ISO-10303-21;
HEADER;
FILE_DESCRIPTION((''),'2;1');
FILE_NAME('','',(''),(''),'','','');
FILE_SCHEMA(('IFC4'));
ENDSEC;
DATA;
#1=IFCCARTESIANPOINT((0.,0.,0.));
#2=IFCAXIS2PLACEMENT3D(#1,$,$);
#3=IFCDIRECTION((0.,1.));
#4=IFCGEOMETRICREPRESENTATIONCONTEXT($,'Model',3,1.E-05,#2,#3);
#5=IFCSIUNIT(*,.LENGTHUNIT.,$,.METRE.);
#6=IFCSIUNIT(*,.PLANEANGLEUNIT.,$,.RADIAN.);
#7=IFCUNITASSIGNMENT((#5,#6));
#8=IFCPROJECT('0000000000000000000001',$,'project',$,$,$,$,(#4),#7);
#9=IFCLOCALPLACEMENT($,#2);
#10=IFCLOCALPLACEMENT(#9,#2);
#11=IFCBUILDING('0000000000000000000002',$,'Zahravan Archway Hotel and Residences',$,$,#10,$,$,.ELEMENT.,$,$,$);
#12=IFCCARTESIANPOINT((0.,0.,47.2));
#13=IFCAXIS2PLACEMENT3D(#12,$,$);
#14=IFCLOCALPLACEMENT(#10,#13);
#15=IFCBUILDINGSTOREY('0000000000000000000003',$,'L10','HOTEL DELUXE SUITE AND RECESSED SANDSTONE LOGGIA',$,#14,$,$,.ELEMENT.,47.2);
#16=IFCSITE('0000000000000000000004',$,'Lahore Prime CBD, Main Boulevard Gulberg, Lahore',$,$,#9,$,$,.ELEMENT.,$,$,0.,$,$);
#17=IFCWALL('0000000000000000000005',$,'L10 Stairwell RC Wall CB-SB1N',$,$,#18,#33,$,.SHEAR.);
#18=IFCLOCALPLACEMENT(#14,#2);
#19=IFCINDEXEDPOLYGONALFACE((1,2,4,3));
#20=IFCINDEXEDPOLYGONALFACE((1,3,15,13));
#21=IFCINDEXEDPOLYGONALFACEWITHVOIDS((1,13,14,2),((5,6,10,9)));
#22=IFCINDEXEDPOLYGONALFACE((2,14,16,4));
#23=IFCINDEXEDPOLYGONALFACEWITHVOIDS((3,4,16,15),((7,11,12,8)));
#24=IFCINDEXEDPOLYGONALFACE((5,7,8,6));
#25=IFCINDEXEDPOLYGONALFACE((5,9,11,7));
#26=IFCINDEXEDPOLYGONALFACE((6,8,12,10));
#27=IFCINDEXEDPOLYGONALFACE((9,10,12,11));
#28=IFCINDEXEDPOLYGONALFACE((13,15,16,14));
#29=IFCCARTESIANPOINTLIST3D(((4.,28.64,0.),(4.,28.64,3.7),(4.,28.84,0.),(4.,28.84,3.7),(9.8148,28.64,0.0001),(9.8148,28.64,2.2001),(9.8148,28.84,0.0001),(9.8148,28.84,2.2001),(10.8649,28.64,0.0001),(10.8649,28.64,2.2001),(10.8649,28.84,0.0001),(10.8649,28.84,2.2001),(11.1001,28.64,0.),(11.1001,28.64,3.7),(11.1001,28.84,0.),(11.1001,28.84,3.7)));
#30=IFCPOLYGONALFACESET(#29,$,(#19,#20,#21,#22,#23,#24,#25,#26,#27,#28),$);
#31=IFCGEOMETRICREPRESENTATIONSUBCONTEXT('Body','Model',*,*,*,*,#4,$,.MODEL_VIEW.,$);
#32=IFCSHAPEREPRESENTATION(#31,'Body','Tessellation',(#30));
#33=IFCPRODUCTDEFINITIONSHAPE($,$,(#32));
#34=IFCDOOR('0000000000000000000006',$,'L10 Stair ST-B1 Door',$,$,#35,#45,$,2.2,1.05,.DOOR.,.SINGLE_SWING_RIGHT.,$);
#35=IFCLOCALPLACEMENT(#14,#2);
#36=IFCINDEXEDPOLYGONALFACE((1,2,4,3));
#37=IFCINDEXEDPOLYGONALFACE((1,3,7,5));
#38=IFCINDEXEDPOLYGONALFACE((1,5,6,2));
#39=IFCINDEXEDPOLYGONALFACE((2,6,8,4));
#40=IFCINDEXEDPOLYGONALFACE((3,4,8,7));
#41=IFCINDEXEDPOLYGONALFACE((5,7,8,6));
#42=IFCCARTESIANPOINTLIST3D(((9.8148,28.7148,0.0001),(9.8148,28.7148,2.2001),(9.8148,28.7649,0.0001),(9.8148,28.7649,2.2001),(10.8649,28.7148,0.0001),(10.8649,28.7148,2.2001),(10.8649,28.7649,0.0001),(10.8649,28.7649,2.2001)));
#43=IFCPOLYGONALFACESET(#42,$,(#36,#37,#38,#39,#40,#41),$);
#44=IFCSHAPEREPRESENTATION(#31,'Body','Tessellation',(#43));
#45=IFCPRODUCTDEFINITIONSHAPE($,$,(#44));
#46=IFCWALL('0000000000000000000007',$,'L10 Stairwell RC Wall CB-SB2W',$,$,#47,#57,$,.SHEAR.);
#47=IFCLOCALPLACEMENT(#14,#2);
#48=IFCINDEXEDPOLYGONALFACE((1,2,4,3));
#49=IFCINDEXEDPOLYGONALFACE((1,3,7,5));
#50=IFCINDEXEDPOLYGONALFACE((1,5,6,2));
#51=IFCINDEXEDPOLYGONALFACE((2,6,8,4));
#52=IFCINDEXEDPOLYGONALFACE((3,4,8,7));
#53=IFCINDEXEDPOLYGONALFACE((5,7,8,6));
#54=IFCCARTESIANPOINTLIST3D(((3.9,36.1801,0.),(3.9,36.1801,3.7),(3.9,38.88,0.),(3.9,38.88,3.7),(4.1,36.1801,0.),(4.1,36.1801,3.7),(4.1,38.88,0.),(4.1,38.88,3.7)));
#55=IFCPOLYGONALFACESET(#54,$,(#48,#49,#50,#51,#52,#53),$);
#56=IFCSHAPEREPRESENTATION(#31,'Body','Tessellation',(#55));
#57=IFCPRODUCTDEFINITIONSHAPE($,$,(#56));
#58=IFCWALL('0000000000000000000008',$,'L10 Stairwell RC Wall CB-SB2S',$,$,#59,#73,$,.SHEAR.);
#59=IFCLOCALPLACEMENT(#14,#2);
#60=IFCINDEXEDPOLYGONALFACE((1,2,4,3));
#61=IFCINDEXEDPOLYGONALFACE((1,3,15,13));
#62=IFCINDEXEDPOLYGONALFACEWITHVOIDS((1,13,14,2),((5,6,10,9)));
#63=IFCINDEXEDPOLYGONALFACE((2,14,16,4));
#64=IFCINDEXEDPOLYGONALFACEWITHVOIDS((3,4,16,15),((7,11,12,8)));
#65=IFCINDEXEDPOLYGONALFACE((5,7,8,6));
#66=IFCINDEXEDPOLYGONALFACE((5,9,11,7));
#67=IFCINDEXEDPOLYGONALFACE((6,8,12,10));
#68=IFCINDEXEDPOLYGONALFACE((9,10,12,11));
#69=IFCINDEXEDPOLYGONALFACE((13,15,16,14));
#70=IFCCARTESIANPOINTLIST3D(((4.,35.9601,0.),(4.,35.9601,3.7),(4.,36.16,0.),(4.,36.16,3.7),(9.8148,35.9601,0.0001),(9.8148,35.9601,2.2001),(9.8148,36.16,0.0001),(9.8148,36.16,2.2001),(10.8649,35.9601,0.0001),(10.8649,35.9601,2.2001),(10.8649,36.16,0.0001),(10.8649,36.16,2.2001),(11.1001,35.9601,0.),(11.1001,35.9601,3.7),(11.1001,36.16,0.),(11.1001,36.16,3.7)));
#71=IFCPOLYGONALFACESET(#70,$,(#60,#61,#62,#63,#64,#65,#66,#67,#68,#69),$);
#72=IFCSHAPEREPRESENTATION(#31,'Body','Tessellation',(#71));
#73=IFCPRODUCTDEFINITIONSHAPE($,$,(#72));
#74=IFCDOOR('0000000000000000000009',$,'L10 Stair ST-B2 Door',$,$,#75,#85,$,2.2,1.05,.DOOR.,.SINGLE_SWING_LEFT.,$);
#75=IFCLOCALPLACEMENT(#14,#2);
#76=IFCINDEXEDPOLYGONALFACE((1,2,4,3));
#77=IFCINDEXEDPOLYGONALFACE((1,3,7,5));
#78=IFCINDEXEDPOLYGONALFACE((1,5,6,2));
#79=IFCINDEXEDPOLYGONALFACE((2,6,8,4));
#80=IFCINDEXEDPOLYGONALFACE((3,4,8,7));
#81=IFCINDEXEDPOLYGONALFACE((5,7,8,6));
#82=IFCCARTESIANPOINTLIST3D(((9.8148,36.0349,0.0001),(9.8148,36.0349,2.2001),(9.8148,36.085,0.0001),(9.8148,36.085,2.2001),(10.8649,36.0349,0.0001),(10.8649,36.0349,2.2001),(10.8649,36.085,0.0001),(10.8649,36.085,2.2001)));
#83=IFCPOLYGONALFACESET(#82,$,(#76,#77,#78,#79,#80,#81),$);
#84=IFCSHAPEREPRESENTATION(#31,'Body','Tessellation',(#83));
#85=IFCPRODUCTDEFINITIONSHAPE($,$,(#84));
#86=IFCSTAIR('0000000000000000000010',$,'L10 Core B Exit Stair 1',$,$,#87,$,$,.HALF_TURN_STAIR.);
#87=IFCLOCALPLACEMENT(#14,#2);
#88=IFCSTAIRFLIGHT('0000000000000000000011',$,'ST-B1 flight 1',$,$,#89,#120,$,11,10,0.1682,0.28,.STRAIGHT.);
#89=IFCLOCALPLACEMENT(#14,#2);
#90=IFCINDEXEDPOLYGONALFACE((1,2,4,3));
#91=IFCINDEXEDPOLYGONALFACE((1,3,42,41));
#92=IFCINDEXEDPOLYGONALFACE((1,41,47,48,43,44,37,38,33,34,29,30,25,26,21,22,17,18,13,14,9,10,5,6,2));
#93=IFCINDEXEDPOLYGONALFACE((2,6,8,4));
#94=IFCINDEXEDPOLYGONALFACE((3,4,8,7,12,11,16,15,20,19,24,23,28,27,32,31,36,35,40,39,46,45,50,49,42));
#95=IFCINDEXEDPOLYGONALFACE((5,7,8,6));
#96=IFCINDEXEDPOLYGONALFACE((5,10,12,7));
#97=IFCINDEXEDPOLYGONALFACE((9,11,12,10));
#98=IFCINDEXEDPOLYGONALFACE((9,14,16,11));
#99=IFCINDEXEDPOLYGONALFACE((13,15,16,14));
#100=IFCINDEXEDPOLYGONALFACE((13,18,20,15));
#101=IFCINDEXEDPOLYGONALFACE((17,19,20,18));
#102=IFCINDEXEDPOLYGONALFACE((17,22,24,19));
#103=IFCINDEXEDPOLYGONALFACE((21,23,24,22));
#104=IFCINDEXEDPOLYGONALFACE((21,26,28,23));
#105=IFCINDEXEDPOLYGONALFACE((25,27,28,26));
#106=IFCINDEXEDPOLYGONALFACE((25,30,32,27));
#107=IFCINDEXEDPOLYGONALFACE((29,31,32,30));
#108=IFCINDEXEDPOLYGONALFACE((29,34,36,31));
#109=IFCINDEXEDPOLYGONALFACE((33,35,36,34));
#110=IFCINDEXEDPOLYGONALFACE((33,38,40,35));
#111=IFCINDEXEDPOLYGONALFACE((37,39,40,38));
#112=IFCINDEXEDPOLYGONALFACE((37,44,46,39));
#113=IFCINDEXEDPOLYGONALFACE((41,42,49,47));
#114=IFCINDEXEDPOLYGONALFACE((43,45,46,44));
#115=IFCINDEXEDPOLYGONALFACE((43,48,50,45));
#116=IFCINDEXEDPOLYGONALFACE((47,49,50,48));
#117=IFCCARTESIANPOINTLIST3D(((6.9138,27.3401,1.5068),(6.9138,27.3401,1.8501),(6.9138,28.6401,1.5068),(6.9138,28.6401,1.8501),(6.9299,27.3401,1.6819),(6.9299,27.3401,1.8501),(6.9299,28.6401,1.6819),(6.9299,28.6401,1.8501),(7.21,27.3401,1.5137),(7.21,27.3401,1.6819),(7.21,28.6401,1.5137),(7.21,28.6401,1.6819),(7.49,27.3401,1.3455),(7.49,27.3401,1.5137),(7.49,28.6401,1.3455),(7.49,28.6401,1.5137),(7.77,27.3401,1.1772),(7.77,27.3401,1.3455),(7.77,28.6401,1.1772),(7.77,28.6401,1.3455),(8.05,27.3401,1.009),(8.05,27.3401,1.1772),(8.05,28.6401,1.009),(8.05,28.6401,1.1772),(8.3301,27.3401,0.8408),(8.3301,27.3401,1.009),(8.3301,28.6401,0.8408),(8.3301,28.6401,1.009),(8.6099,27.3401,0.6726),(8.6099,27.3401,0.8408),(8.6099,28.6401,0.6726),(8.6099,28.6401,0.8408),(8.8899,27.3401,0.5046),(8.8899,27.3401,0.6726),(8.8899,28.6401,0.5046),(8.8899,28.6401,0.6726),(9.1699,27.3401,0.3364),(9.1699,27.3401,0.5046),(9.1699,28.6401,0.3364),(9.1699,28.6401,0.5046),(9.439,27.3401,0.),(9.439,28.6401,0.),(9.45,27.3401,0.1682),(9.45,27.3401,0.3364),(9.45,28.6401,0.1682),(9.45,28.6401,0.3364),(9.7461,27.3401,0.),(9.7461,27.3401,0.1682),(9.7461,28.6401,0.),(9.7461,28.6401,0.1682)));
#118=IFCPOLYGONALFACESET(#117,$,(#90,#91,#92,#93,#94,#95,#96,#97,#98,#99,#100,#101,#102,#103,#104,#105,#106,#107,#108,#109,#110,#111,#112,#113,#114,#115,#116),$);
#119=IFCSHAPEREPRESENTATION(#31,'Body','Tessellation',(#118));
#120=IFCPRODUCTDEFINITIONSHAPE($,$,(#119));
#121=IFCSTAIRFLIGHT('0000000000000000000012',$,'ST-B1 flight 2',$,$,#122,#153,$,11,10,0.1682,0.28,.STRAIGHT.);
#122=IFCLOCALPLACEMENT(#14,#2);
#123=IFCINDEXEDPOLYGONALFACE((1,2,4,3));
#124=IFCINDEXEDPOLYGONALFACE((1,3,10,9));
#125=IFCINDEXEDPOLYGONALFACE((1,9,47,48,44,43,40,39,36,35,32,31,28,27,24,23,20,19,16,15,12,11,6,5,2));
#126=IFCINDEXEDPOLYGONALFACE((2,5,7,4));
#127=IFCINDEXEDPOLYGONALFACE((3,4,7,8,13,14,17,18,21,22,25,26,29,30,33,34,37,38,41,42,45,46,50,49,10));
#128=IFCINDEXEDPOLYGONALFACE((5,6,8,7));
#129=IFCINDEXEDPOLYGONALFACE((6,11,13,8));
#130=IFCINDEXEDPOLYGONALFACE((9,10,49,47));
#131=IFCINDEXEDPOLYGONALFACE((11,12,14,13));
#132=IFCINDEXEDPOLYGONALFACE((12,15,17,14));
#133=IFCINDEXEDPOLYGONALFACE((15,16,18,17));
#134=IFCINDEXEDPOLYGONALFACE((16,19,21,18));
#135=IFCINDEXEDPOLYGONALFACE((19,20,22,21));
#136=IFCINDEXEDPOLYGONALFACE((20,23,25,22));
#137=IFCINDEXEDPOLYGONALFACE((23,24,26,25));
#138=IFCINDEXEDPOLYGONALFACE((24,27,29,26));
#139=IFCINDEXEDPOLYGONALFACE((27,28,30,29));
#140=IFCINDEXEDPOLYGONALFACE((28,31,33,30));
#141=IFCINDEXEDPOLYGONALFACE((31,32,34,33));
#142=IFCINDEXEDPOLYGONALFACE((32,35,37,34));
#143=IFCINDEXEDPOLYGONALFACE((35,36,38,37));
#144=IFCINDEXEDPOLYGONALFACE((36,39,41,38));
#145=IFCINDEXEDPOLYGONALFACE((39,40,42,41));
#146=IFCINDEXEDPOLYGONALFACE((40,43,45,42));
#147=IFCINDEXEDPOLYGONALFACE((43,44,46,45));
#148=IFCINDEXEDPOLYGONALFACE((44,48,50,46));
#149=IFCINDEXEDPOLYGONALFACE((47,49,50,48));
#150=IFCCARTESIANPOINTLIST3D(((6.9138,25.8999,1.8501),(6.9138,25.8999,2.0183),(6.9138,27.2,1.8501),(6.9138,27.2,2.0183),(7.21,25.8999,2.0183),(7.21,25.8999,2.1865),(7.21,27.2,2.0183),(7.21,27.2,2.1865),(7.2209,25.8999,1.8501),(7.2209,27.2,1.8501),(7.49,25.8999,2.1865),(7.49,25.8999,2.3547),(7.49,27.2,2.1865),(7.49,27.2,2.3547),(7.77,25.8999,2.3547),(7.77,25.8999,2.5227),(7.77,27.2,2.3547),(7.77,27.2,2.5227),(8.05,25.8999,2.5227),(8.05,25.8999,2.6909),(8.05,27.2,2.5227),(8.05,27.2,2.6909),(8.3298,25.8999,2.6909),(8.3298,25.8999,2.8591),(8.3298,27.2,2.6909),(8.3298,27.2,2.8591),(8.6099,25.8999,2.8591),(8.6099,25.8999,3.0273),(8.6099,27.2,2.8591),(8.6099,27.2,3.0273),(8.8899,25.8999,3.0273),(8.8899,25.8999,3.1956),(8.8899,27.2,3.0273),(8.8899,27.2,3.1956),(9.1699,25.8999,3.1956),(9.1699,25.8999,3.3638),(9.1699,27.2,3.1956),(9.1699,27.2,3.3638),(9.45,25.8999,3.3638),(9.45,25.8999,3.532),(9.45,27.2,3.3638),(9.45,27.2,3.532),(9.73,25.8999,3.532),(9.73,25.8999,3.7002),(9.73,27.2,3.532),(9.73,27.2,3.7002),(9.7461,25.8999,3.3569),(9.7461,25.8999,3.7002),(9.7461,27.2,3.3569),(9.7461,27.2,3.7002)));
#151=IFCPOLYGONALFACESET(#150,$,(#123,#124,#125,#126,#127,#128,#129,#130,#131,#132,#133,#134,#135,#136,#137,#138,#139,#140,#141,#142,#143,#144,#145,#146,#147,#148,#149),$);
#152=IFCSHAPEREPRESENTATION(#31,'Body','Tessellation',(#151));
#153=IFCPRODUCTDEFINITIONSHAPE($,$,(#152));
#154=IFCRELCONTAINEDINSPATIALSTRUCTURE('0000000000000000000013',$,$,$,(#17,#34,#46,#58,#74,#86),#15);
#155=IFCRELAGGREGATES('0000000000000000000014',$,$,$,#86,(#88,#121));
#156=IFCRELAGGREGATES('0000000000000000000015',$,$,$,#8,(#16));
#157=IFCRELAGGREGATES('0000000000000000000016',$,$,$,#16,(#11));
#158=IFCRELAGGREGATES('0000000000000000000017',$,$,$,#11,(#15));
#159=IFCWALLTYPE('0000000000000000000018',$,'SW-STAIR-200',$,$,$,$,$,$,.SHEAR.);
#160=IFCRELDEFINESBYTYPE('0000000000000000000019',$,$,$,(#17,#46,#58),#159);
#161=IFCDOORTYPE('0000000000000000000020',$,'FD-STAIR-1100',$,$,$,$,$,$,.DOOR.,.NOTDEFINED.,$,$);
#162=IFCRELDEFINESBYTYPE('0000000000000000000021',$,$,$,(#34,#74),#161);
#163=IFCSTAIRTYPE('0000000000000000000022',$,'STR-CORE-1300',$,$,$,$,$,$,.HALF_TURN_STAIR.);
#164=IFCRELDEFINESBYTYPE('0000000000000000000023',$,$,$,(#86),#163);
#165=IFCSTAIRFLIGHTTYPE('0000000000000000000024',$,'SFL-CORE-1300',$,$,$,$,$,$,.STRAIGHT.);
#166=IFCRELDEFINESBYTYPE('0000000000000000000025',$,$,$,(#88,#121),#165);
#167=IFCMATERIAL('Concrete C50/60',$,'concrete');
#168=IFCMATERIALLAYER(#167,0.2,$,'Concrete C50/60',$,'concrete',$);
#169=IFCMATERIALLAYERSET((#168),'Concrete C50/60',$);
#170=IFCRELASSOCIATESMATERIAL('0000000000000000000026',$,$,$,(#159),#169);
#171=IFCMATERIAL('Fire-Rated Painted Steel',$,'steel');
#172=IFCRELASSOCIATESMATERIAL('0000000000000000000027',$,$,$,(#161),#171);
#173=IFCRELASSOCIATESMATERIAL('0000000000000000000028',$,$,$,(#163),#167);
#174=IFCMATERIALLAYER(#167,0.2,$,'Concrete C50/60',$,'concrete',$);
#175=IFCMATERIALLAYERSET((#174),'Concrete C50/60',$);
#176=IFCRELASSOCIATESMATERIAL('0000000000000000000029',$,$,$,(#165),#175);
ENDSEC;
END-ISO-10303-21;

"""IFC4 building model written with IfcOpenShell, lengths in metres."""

from ifc_helpers import new_model, si_unit, direction, frame, frame_2d, origin, place, context, subcontext, project, spatial, polyline, rectangle, outline, extrude, source, transform, mapped, material, layer, layer_set, type_object, type_shapes, element, fill, aggregate, save


model = new_model("IFC4")

# Units and contexts
model_context = context("Model", 3, precision=1e-05, world=origin(), true_north=direction((0.0, 1.0)))
body_context = subcontext(model_context, "Body", "Model", "MODEL_VIEW")
ifc_project = project(units=[si_unit("LENGTHUNIT", "METRE"), si_unit("PLANEANGLEUNIT", "RADIAN")], contexts=[model_context])

# Site, building, storey
site_placement = place(None, origin())
site = spatial("IfcSite", under=ifc_project, at=site_placement, Name="Lahore Prime CBD, Main Boulevard Gulberg, Lahore", CompositionType="ELEMENT", RefElevation=0.0)
building_placement = place(site_placement, origin())
building = spatial("IfcBuilding", under=site, at=building_placement, Name="Zahravan Archway Hotel and Residences", CompositionType="ELEMENT")
storey_placement = place(building_placement, frame((0.0, 0.0, 47.2)))
storey = spatial("IfcBuildingStorey", under=building, at=storey_placement, Name="L10", Description="HOTEL DELUXE SUITE AND RECESSED SANDSTONE LOGGIA", CompositionType="ELEMENT", Elevation=47.2)

# Shared definitions
ifc_material_1 = material(Name="Fire-Rated Painted Steel", Category="steel")

# Shared definitions
ifc_material_2 = material(Name="Concrete C50/60", Category="concrete")
ifc_layer_1 = layer(ifc_material_2, 0.2, Name="Concrete C50/60", Category="concrete")
ifc_layer_set_1 = layer_set([ifc_layer_1], Name="Concrete C50/60")
wall_type_1 = type_object("IfcWallType", Name="SW-STAIR-200", PredefinedType="SHEAR", material=ifc_layer_set_1)

# Wall, opening, door
wall_1_placement = place(storey_placement, frame((4.0, 28.74, 0.0), z_axis=(0.0, 0.0, 1.0), x_axis=(1.0, 0.0, 0.0)))
wall_1 = element("IfcWall", 1, at=wall_1_placement, inside=storey, type_object=wall_type_1, Name="L10 Stairwell RC Wall CB-SB1N", PredefinedType="SHEAR", context=body_context, shape_type="SweptSolid", body=[
    extrude(rectangle(XDim=7.1001, YDim=0.2, at=frame_2d((3.55, 0.0))), origin(), (0.0, 0.0, 1.0), 3.7),
])
opening_1_placement = place(wall_1_placement, frame((5.8149, 0.0, 0.0)))
opening_1 = element("IfcOpeningElement", 2, at=opening_1_placement, cuts=wall_1, PredefinedType="OPENING", context=body_context, shape_type="SweptSolid", body=[
    extrude(rectangle(XDim=1.05, YDim=2.2, at=frame_2d((0.5249, 1.1001))), frame((0.0, 0.1099, 0.0), z_axis=(0.0, -1.0, 0.0), x_axis=(1.0, 0.0, 0.0)), (0.0, 0.0, 1.0), 0.22),
])
door_type_1 = type_object("IfcDoorType", Name="FD-STAIR-1100", OperationType="NOTDEFINED", PredefinedType="DOOR", material=ifc_material_1)
shared_shape_1 = source(origin(), body_context, "Body", "SweptSolid", [
    extrude(rectangle(XDim=1.05, YDim=2.2, at=frame_2d((0.5249, 1.1001))), frame((0.0, 0.0249, 0.0), z_axis=(0.0, -1.0, 0.0), x_axis=(1.0, 0.0, 0.0)), (0.0, 0.0, 1.0), 0.05),
])
type_shapes(door_type_1, [shared_shape_1])
door_1_placement = place(opening_1_placement, origin())
door_1 = element("IfcDoor", 3, at=door_1_placement, inside=storey, type_object=door_type_1, Name="L10 Stair ST-B1 Door", OperationType="SINGLE_SWING_RIGHT", OverallHeight=2.2, OverallWidth=1.05, PredefinedType="DOOR", context=body_context, shape_type="MappedRepresentation", body=[
    mapped(shared_shape_1, transform((0.0, 0.0, 0.0), scale=1.0)),
])
fill(opening_1, door_1)

# Wall
wall_2_placement = place(storey_placement, frame((4.0, 36.1799, 0.0), z_axis=(0.0, 0.0, 1.0), x_axis=(0.0, 1.0, 0.0)))
element("IfcWall", 4, at=wall_2_placement, inside=storey, type_object=wall_type_1, Name="L10 Stairwell RC Wall CB-SB2W", PredefinedType="SHEAR", context=body_context, shape_type="SweptSolid", body=[
    extrude(rectangle(XDim=2.7, YDim=0.2, at=frame_2d((1.3501, 0.0))), origin(), (0.0, 0.0, 1.0), 3.7),
])

# Wall, opening, door
wall_3_placement = place(storey_placement, frame((4.0, 36.0601, 0.0), z_axis=(0.0, 0.0, 1.0), x_axis=(1.0, 0.0, 0.0)))
wall_3 = element("IfcWall", 5, at=wall_3_placement, inside=storey, type_object=wall_type_1, Name="L10 Stairwell RC Wall CB-SB2S", PredefinedType="SHEAR", context=body_context, shape_type="SweptSolid", body=[
    extrude(rectangle(XDim=7.1001, YDim=0.2, at=frame_2d((3.55, 0.0))), origin(), (0.0, 0.0, 1.0), 3.7),
])
opening_2_placement = place(wall_3_placement, frame((5.8149, 0.0, 0.0)))
opening_2 = element("IfcOpeningElement", 6, at=opening_2_placement, cuts=wall_3, PredefinedType="OPENING", context=body_context, shape_type="SweptSolid", body=[
    extrude(rectangle(XDim=1.05, YDim=2.2, at=frame_2d((0.5249, 1.1001))), frame((0.0, 0.1099, 0.0), z_axis=(0.0, -1.0, 0.0), x_axis=(1.0, 0.0, 0.0)), (0.0, 0.0, 1.0), 0.22),
])
door_2_placement = place(opening_2_placement, origin())
door_2 = element("IfcDoor", 7, at=door_2_placement, inside=storey, type_object=door_type_1, Name="L10 Stair ST-B2 Door", OperationType="SINGLE_SWING_LEFT", OverallHeight=2.2, OverallWidth=1.05, PredefinedType="DOOR", context=body_context, shape_type="MappedRepresentation", body=[
    mapped(shared_shape_1, transform((0.0, 0.0, 0.0), scale=1.0)),
])
fill(opening_2, door_2)

# Stair, stair flights
stair_type = type_object("IfcStairType", Name="STR-CORE-1300", PredefinedType="HALF_TURN_STAIR", material=ifc_material_2)
stair_1_placement = place(storey_placement, origin())
stair_1 = element("IfcStair", 8, at=stair_1_placement, inside=storey, type_object=stair_type, Name="L10 Core B Exit Stair 1", PredefinedType="HALF_TURN_STAIR")
ifc_layer_2 = layer(ifc_material_2, 0.2, Name="Concrete C50/60", Category="concrete")
ifc_layer_set_2 = layer_set([ifc_layer_2], Name="Concrete C50/60")
stair_flight_type = type_object("IfcStairFlightType", Name="SFL-CORE-1300", PredefinedType="STRAIGHT", material=ifc_layer_set_2)
shared_shape_2 = source(origin(), body_context, "Body", "SweptSolid", [
    extrude(outline(polyline([(-0.0161, 0.0), (-0.0161, 0.1682), (0.28, 0.1682), (0.28, 0.3364), (0.5601, 0.3364), (0.5601, 0.5046), (0.8401, 0.5046), (0.8401, 0.6726), (1.1201, 0.6726), (1.1201, 0.8408), (1.3999, 0.8408), (1.3999, 1.009), (1.6799, 1.009), (1.6799, 1.1772), (1.96, 1.1772), (1.96, 1.3455), (2.24, 1.3455), (2.24, 1.5137), (2.52, 1.5137), (2.52, 1.6819), (2.8, 1.6819), (2.8, 1.8501), (2.8162, 1.8501), (2.8162, 1.5068), (0.291, 0.0), (-0.0161, 0.0)])), frame((0.0, 0.6499, 0.0), z_axis=(0.0, -1.0, 0.0), x_axis=(1.0, 0.0, 0.0)), (0.0, 0.0, 1.0), 1.3),
])
stair_flight_1_placement = place(storey_placement, frame((9.73, 27.99, 0.0), z_axis=(0.0, 0.0, 1.0), x_axis=(-1.0, 0.0, 0.0)))
stair_flight_1 = element("IfcStairFlight", 9, at=stair_flight_1_placement, type_object=stair_flight_type, Name="ST-B1 flight 1", NumberOfRisers=11, NumberOfTreads=10, PredefinedType="STRAIGHT", RiserHeight=0.1682, TreadLength=0.28, context=body_context, shape_type="MappedRepresentation", body=[
    mapped(shared_shape_2, transform((0.0, 0.0, 0.0), scale=1.0)),
])
stair_flight_2_placement = place(storey_placement, frame((6.9299, 26.55, 1.8501), z_axis=(0.0, 0.0, 1.0), x_axis=(1.0, 0.0, 0.0)))
stair_flight_2 = element("IfcStairFlight", 10, at=stair_flight_2_placement, type_object=stair_flight_type, Name="ST-B1 flight 2", NumberOfRisers=11, NumberOfTreads=10, PredefinedType="STRAIGHT", RiserHeight=0.1682, TreadLength=0.28, context=body_context, shape_type="MappedRepresentation", body=[
    mapped(shared_shape_2, transform((0.0, 0.0, 0.0), scale=1.0)),
])
aggregate(stair_1, [stair_flight_1, stair_flight_2])

save(model, "model.ifc")
